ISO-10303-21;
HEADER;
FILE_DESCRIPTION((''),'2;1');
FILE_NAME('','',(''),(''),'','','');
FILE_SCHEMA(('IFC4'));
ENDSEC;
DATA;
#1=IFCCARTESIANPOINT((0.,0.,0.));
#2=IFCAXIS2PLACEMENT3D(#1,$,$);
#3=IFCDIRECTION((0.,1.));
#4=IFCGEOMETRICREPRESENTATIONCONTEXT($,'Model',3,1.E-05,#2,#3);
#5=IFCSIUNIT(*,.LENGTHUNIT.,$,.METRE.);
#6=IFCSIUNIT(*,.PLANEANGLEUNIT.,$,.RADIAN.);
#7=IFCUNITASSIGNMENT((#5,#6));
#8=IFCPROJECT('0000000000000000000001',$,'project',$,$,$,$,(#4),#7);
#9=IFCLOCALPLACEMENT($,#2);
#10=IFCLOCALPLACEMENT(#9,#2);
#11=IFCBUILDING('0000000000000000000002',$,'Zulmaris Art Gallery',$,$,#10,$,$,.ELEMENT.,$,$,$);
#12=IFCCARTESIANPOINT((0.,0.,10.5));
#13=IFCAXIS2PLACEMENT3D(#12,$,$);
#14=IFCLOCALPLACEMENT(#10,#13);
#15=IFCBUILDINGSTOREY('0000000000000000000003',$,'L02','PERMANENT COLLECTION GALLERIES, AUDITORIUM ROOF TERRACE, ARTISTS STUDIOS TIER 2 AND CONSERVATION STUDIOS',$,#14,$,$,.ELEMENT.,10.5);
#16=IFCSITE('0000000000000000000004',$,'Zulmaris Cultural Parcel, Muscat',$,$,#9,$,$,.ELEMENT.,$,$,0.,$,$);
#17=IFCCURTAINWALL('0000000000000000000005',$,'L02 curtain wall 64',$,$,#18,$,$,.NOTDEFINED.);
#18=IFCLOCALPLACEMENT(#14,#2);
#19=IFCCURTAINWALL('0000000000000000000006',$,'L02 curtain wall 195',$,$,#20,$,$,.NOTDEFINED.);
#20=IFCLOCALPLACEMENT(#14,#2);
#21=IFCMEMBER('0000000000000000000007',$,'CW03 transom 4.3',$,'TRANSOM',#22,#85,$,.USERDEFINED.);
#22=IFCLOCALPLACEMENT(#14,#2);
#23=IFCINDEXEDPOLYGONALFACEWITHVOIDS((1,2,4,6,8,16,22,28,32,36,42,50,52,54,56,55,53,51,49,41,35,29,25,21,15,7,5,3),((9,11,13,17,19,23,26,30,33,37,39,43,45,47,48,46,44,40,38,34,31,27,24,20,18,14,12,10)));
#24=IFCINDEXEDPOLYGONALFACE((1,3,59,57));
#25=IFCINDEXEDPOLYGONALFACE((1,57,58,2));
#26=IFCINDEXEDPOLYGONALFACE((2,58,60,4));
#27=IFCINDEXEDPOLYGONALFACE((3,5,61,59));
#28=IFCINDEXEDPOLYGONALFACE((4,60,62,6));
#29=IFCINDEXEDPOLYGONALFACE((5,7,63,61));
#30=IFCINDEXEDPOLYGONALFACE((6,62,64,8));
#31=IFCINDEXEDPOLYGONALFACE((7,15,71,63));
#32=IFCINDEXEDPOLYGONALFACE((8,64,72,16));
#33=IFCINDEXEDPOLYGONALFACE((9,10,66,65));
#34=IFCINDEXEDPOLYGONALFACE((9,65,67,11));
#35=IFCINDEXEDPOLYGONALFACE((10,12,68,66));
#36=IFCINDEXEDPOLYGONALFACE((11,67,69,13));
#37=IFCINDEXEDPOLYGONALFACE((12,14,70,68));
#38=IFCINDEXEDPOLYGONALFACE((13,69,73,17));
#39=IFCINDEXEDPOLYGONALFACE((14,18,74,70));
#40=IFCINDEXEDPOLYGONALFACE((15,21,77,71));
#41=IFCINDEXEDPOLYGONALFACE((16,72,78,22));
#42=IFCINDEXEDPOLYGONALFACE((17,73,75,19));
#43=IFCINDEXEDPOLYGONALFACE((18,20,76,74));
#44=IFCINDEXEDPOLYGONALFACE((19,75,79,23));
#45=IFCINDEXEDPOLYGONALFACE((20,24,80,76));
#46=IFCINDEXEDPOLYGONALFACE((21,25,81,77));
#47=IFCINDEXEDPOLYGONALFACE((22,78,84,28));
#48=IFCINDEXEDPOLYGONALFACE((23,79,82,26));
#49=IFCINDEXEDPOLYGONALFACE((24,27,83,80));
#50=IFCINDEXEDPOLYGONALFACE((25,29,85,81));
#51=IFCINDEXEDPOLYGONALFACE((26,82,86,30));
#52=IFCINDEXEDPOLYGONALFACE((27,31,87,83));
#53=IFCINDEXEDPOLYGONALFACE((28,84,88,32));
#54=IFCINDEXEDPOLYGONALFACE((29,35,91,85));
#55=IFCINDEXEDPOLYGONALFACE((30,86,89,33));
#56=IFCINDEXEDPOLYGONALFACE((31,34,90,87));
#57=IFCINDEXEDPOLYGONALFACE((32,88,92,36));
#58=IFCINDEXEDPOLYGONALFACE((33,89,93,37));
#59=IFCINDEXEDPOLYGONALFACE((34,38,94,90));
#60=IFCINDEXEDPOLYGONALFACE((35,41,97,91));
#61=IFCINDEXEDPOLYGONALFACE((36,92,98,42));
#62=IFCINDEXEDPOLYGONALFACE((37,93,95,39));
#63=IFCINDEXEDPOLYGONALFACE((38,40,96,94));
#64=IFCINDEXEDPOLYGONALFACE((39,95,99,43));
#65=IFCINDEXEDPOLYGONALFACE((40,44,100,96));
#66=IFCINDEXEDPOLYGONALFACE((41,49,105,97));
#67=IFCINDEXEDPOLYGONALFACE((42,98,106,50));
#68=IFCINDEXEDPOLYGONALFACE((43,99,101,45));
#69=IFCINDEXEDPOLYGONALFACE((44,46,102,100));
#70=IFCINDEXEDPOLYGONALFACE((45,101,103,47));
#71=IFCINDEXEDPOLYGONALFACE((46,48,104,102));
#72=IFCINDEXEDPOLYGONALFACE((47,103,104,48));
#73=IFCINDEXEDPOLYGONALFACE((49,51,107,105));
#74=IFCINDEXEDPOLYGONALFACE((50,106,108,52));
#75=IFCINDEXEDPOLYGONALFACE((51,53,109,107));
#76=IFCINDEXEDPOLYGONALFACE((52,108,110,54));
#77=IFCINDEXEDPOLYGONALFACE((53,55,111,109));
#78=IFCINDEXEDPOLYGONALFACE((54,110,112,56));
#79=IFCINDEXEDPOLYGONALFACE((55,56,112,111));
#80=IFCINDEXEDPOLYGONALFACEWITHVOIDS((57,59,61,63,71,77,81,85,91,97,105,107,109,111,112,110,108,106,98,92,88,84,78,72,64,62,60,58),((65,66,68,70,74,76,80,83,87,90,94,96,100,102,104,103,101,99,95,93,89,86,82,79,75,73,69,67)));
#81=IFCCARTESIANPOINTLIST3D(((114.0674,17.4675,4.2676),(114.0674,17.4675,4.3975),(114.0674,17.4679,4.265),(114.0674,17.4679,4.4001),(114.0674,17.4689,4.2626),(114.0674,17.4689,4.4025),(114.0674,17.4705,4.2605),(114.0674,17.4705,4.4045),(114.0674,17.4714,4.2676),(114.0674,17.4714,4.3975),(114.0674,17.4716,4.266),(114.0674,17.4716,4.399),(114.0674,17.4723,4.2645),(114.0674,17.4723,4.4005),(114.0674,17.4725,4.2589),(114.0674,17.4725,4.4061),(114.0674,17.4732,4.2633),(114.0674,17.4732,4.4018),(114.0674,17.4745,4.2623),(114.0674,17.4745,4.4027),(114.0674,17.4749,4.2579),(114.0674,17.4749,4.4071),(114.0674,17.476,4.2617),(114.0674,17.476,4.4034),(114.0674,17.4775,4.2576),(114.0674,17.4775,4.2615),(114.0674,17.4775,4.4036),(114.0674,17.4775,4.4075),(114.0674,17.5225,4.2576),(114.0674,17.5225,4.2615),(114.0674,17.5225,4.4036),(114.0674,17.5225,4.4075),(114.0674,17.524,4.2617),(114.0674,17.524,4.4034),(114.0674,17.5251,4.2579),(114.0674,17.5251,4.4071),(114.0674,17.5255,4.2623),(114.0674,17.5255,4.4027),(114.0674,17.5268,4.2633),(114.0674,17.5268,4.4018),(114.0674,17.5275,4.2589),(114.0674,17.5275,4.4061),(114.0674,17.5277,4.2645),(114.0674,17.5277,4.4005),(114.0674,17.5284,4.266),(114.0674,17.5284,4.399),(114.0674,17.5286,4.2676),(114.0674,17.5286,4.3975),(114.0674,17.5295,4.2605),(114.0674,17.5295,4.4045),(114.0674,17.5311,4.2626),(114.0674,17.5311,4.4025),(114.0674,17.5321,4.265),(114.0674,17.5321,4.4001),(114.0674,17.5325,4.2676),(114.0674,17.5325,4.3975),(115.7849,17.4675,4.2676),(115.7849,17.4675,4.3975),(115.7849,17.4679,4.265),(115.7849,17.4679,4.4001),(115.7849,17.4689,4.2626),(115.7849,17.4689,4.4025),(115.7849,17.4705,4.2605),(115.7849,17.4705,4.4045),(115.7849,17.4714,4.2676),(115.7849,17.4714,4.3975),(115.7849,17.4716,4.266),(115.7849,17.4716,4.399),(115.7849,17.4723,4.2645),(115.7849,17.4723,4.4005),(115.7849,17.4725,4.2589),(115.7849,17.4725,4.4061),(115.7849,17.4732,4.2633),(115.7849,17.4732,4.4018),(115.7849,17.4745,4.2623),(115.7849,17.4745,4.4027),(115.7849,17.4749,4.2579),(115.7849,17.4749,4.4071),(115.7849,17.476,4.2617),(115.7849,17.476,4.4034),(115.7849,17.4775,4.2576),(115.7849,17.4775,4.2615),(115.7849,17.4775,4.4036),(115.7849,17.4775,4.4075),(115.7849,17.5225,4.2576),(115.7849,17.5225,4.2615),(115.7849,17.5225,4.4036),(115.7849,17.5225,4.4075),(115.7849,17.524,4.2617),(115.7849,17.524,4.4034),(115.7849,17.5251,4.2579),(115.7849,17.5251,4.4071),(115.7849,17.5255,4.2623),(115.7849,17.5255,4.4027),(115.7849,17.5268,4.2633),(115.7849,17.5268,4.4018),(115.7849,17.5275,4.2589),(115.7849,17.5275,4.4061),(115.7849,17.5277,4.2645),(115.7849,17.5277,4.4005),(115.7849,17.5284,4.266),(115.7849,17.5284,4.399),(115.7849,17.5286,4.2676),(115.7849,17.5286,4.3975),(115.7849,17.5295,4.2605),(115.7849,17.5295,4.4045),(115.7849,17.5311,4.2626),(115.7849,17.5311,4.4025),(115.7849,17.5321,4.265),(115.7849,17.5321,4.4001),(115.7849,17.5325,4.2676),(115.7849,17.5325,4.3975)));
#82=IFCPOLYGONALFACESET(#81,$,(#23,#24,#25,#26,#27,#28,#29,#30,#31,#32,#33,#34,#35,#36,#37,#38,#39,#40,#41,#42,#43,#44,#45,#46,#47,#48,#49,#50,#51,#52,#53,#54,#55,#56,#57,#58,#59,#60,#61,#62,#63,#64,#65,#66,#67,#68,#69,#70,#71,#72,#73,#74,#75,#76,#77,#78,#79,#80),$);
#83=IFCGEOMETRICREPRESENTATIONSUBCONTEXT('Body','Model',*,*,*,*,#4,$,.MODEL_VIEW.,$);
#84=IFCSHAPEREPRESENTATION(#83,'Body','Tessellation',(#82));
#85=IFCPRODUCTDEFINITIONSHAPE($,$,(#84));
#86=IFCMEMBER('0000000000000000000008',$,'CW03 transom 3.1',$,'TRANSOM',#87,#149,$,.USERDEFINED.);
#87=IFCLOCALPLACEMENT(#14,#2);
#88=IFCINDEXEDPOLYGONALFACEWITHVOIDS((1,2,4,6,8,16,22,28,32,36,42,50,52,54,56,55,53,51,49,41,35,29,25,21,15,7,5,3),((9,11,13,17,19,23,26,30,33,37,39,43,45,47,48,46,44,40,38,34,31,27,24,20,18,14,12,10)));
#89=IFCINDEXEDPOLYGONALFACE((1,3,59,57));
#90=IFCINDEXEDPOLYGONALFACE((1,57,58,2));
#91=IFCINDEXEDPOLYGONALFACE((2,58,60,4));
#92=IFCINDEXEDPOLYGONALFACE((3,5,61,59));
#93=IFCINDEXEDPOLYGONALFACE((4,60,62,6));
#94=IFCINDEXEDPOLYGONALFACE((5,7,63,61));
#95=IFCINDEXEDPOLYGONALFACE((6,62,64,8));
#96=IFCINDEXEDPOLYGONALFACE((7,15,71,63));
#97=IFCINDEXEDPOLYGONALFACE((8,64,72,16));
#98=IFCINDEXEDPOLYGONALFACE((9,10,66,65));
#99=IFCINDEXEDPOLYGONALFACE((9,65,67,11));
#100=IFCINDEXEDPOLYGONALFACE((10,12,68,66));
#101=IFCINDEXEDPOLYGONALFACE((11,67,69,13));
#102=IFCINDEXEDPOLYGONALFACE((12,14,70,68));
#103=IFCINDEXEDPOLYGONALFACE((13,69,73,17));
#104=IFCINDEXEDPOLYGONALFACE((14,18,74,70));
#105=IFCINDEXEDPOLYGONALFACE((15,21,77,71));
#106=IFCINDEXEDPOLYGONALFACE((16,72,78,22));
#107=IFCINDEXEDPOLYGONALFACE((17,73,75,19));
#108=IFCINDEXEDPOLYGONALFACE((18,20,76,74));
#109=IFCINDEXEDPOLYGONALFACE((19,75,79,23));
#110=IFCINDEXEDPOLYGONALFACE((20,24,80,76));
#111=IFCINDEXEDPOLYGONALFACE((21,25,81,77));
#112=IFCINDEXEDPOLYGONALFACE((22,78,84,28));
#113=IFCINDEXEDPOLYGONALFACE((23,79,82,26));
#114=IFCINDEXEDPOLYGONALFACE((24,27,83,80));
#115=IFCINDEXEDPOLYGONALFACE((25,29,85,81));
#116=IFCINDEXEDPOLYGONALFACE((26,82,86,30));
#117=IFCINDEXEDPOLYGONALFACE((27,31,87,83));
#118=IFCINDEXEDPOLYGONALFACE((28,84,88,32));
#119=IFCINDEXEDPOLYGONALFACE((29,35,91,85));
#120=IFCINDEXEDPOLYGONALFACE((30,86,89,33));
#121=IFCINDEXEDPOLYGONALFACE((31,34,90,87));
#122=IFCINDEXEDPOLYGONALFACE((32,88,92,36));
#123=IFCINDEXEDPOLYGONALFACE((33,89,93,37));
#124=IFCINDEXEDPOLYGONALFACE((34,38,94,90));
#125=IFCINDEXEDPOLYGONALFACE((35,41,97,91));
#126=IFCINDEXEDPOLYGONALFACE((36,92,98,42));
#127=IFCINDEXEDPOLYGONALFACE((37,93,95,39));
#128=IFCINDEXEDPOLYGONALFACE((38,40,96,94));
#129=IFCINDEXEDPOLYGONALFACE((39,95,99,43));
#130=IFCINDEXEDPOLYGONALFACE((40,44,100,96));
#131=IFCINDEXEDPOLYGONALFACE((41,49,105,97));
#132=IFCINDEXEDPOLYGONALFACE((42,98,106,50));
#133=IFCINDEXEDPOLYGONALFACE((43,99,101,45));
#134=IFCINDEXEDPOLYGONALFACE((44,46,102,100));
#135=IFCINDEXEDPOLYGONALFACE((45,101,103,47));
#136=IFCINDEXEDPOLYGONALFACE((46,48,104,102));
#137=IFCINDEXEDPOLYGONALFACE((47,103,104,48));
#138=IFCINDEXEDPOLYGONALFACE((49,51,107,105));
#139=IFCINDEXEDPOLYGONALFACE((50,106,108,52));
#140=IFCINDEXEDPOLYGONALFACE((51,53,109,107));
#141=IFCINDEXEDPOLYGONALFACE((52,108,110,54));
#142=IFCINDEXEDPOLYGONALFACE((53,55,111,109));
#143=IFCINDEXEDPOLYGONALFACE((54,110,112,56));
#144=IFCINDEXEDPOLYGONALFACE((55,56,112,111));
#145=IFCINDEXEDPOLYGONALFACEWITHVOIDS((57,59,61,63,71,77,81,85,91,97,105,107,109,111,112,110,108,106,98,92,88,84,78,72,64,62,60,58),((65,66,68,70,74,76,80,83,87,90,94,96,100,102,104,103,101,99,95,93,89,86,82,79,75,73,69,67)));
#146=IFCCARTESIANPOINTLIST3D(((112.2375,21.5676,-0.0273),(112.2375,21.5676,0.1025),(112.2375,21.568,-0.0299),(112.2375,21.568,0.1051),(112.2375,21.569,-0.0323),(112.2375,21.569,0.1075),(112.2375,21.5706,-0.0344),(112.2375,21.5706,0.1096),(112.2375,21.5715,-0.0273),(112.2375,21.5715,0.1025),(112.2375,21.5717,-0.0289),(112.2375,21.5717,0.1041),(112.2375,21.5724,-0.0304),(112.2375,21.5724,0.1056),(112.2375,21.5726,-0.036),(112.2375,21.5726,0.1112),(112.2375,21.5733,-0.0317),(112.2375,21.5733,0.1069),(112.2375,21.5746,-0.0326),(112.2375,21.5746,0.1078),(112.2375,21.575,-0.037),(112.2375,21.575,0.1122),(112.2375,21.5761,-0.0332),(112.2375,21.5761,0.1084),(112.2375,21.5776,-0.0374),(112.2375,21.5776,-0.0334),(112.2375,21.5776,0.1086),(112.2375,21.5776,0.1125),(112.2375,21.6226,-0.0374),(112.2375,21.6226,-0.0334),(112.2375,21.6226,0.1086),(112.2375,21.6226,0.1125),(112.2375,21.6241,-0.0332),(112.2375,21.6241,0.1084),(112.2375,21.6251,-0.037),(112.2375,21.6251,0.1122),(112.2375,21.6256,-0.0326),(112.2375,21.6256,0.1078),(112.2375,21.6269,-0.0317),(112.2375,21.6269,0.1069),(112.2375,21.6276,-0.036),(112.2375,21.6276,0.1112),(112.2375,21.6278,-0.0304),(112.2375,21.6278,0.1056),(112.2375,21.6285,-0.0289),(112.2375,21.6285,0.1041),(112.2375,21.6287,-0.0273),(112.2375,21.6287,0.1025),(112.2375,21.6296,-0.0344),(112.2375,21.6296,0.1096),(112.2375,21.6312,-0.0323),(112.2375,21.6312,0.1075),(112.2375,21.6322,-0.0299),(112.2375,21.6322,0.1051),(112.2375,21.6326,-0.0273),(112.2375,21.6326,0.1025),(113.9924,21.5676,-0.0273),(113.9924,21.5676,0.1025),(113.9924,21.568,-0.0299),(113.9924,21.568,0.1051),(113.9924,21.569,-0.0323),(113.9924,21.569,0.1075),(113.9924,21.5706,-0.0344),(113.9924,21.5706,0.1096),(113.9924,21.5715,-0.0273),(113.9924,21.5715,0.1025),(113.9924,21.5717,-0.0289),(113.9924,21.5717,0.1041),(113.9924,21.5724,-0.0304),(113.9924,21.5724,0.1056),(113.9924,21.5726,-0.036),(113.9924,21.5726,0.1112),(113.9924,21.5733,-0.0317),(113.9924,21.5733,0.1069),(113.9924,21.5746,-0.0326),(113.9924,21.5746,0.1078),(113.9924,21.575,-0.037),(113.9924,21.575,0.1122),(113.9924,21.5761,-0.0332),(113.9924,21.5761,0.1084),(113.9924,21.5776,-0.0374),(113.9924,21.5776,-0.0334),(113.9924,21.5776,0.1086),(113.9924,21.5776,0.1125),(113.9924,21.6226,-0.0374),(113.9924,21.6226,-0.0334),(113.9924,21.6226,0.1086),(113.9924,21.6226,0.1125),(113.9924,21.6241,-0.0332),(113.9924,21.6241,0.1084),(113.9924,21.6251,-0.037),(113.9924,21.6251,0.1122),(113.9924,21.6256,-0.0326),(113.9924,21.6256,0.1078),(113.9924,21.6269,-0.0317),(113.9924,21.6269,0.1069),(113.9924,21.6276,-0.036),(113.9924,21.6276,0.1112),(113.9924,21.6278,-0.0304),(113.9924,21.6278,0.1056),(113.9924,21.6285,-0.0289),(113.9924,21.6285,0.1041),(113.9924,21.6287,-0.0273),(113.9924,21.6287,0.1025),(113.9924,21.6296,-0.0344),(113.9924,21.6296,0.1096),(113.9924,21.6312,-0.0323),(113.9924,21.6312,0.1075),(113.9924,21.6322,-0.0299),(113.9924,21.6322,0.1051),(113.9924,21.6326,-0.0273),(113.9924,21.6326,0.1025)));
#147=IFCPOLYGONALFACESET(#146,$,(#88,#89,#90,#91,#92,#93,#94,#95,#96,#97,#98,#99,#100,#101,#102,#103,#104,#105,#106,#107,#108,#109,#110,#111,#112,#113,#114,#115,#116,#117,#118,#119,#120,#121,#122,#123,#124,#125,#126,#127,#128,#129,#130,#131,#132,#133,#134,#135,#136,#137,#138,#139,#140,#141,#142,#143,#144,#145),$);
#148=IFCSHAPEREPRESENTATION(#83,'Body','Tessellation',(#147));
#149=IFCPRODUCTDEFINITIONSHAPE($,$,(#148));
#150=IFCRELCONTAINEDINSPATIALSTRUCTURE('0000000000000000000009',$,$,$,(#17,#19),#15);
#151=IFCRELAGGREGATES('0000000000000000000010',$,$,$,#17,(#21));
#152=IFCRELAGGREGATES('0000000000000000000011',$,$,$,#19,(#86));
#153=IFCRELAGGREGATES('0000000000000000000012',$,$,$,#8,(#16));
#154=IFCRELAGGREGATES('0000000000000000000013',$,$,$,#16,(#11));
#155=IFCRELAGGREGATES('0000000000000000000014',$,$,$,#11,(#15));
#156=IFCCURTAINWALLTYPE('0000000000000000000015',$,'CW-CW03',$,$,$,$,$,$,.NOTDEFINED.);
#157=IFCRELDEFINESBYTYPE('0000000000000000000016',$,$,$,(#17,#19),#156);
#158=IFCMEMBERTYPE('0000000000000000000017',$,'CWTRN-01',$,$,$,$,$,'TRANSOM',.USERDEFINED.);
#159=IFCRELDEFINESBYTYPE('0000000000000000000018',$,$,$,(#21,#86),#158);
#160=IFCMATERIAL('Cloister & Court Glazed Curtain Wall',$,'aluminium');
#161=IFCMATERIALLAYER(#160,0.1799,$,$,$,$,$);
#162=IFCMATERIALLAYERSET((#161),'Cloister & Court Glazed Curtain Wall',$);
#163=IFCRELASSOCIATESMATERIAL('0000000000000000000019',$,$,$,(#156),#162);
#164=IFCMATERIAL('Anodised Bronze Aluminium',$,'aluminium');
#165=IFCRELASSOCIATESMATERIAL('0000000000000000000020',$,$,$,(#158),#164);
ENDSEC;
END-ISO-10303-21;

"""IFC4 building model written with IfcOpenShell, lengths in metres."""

from ifc_helpers import new_model, si_unit, direction, frame, origin, origin_2d, place, context, subcontext, project, spatial, hollow_rectangle, extrude, material, layer, layer_set, material_profile, profile_set, type_object, element, aggregate, save


model = new_model("IFC4")

# Units and contexts
model_context = context("Model", 3, precision=1e-05, world=origin(), true_north=direction((0.0, 1.0)))
body_context = subcontext(model_context, "Body", "Model", "MODEL_VIEW")
ifc_project = project(units=[si_unit("LENGTHUNIT", "METRE"), si_unit("PLANEANGLEUNIT", "RADIAN")], contexts=[model_context])

# Site, building, storey
site_placement = place(None, origin())
site = spatial("IfcSite", under=ifc_project, at=site_placement, Name="Zulmaris Cultural Parcel, Muscat", CompositionType="ELEMENT", RefElevation=0.0)
building_placement = place(site_placement, origin())
building = spatial("IfcBuilding", under=site, at=building_placement, Name="Zulmaris Art Gallery", CompositionType="ELEMENT")
storey_placement = place(building_placement, frame((0.0, 0.0, 10.5)))
storey = spatial("IfcBuildingStorey", under=building, at=storey_placement, Name="L02", Description="PERMANENT COLLECTION GALLERIES, AUDITORIUM ROOF TERRACE, ARTISTS STUDIOS TIER 2 AND CONSERVATION STUDIOS", CompositionType="ELEMENT", Elevation=10.5)

# Curtain walls
ifc_material_1 = material(Name="Cloister & Court Glazed Curtain Wall", Category="aluminium")
ifc_layer_1 = layer(ifc_material_1, 0.1799)
ifc_layer_set_1 = layer_set([ifc_layer_1], Name="Cloister & Court Glazed Curtain Wall")
curtain_wall_type = type_object("IfcCurtainWallType", Name="CW-CW03", PredefinedType="NOTDEFINED", material=ifc_layer_set_1)
curtain_wall_1_placement = place(storey_placement, origin())
curtain_wall_1 = element("IfcCurtainWall", 1, at=curtain_wall_1_placement, inside=storey, type_object=curtain_wall_type, Name="L02 curtain wall 64", PredefinedType="NOTDEFINED")
ifc_material_2 = material(Name="Anodised Bronze Aluminium", Category="aluminium")
curtain_wall_2_placement = place(storey_placement, origin())
curtain_wall_2 = element("IfcCurtainWall", 2, at=curtain_wall_2_placement, inside=storey, type_object=curtain_wall_type, Name="L02 curtain wall 195", PredefinedType="NOTDEFINED")

# Members
ifc_material_profile_1 = material_profile(ifc_material_2, hollow_rectangle(XDim=0.0649, YDim=0.1499, WallThickness=0.0039, InnerFilletRadius=0.0061, OuterFilletRadius=0.01, at=origin_2d()), Name="ALU 65x150x4")
ifc_profile_set_1 = profile_set([ifc_material_profile_1], Name="Anodised Bronze Aluminium")
member_type_1 = type_object("IfcMemberType", Name="CWTRN-01", ElementType="TRANSOM", PredefinedType="USERDEFINED", material=ifc_profile_set_1)
member_1_placement = place(storey_placement, frame((114.0674, 17.5, 4.3325), z_axis=(1.0, 0.0, 0.0), x_axis=(0.0, 1.0, 0.0)))
member_1 = element("IfcMember", 3, at=member_1_placement, type_object=member_type_1, Name="CW03 transom 4.3", ObjectType="TRANSOM", PredefinedType="USERDEFINED", context=body_context, shape_type="SweptSolid", body=[
    extrude(hollow_rectangle(XDim=0.0649, YDim=0.1499, WallThickness=0.0039, InnerFilletRadius=0.0061, OuterFilletRadius=0.01, at=origin_2d()), origin(), (0.0, 0.0, 1.0), 1.7175),
])
member_2_placement = place(storey_placement, frame((112.2375, 21.6001, 0.0376), z_axis=(1.0, 0.0, 0.0), x_axis=(0.0, 1.0, 0.0)))
member_2 = element("IfcMember", 4, at=member_2_placement, type_object=member_type_1, Name="CW03 transom 3.1", ObjectType="TRANSOM", PredefinedType="USERDEFINED", context=body_context, shape_type="SweptSolid", body=[
    extrude(hollow_rectangle(XDim=0.0649, YDim=0.1499, WallThickness=0.0039, InnerFilletRadius=0.0061, OuterFilletRadius=0.01, at=origin_2d()), origin(), (0.0, 0.0, 1.0), 1.7549),
])

aggregate(curtain_wall_1, [member_1])
aggregate(curtain_wall_2, [member_2])

save(model, "model.ifc")
